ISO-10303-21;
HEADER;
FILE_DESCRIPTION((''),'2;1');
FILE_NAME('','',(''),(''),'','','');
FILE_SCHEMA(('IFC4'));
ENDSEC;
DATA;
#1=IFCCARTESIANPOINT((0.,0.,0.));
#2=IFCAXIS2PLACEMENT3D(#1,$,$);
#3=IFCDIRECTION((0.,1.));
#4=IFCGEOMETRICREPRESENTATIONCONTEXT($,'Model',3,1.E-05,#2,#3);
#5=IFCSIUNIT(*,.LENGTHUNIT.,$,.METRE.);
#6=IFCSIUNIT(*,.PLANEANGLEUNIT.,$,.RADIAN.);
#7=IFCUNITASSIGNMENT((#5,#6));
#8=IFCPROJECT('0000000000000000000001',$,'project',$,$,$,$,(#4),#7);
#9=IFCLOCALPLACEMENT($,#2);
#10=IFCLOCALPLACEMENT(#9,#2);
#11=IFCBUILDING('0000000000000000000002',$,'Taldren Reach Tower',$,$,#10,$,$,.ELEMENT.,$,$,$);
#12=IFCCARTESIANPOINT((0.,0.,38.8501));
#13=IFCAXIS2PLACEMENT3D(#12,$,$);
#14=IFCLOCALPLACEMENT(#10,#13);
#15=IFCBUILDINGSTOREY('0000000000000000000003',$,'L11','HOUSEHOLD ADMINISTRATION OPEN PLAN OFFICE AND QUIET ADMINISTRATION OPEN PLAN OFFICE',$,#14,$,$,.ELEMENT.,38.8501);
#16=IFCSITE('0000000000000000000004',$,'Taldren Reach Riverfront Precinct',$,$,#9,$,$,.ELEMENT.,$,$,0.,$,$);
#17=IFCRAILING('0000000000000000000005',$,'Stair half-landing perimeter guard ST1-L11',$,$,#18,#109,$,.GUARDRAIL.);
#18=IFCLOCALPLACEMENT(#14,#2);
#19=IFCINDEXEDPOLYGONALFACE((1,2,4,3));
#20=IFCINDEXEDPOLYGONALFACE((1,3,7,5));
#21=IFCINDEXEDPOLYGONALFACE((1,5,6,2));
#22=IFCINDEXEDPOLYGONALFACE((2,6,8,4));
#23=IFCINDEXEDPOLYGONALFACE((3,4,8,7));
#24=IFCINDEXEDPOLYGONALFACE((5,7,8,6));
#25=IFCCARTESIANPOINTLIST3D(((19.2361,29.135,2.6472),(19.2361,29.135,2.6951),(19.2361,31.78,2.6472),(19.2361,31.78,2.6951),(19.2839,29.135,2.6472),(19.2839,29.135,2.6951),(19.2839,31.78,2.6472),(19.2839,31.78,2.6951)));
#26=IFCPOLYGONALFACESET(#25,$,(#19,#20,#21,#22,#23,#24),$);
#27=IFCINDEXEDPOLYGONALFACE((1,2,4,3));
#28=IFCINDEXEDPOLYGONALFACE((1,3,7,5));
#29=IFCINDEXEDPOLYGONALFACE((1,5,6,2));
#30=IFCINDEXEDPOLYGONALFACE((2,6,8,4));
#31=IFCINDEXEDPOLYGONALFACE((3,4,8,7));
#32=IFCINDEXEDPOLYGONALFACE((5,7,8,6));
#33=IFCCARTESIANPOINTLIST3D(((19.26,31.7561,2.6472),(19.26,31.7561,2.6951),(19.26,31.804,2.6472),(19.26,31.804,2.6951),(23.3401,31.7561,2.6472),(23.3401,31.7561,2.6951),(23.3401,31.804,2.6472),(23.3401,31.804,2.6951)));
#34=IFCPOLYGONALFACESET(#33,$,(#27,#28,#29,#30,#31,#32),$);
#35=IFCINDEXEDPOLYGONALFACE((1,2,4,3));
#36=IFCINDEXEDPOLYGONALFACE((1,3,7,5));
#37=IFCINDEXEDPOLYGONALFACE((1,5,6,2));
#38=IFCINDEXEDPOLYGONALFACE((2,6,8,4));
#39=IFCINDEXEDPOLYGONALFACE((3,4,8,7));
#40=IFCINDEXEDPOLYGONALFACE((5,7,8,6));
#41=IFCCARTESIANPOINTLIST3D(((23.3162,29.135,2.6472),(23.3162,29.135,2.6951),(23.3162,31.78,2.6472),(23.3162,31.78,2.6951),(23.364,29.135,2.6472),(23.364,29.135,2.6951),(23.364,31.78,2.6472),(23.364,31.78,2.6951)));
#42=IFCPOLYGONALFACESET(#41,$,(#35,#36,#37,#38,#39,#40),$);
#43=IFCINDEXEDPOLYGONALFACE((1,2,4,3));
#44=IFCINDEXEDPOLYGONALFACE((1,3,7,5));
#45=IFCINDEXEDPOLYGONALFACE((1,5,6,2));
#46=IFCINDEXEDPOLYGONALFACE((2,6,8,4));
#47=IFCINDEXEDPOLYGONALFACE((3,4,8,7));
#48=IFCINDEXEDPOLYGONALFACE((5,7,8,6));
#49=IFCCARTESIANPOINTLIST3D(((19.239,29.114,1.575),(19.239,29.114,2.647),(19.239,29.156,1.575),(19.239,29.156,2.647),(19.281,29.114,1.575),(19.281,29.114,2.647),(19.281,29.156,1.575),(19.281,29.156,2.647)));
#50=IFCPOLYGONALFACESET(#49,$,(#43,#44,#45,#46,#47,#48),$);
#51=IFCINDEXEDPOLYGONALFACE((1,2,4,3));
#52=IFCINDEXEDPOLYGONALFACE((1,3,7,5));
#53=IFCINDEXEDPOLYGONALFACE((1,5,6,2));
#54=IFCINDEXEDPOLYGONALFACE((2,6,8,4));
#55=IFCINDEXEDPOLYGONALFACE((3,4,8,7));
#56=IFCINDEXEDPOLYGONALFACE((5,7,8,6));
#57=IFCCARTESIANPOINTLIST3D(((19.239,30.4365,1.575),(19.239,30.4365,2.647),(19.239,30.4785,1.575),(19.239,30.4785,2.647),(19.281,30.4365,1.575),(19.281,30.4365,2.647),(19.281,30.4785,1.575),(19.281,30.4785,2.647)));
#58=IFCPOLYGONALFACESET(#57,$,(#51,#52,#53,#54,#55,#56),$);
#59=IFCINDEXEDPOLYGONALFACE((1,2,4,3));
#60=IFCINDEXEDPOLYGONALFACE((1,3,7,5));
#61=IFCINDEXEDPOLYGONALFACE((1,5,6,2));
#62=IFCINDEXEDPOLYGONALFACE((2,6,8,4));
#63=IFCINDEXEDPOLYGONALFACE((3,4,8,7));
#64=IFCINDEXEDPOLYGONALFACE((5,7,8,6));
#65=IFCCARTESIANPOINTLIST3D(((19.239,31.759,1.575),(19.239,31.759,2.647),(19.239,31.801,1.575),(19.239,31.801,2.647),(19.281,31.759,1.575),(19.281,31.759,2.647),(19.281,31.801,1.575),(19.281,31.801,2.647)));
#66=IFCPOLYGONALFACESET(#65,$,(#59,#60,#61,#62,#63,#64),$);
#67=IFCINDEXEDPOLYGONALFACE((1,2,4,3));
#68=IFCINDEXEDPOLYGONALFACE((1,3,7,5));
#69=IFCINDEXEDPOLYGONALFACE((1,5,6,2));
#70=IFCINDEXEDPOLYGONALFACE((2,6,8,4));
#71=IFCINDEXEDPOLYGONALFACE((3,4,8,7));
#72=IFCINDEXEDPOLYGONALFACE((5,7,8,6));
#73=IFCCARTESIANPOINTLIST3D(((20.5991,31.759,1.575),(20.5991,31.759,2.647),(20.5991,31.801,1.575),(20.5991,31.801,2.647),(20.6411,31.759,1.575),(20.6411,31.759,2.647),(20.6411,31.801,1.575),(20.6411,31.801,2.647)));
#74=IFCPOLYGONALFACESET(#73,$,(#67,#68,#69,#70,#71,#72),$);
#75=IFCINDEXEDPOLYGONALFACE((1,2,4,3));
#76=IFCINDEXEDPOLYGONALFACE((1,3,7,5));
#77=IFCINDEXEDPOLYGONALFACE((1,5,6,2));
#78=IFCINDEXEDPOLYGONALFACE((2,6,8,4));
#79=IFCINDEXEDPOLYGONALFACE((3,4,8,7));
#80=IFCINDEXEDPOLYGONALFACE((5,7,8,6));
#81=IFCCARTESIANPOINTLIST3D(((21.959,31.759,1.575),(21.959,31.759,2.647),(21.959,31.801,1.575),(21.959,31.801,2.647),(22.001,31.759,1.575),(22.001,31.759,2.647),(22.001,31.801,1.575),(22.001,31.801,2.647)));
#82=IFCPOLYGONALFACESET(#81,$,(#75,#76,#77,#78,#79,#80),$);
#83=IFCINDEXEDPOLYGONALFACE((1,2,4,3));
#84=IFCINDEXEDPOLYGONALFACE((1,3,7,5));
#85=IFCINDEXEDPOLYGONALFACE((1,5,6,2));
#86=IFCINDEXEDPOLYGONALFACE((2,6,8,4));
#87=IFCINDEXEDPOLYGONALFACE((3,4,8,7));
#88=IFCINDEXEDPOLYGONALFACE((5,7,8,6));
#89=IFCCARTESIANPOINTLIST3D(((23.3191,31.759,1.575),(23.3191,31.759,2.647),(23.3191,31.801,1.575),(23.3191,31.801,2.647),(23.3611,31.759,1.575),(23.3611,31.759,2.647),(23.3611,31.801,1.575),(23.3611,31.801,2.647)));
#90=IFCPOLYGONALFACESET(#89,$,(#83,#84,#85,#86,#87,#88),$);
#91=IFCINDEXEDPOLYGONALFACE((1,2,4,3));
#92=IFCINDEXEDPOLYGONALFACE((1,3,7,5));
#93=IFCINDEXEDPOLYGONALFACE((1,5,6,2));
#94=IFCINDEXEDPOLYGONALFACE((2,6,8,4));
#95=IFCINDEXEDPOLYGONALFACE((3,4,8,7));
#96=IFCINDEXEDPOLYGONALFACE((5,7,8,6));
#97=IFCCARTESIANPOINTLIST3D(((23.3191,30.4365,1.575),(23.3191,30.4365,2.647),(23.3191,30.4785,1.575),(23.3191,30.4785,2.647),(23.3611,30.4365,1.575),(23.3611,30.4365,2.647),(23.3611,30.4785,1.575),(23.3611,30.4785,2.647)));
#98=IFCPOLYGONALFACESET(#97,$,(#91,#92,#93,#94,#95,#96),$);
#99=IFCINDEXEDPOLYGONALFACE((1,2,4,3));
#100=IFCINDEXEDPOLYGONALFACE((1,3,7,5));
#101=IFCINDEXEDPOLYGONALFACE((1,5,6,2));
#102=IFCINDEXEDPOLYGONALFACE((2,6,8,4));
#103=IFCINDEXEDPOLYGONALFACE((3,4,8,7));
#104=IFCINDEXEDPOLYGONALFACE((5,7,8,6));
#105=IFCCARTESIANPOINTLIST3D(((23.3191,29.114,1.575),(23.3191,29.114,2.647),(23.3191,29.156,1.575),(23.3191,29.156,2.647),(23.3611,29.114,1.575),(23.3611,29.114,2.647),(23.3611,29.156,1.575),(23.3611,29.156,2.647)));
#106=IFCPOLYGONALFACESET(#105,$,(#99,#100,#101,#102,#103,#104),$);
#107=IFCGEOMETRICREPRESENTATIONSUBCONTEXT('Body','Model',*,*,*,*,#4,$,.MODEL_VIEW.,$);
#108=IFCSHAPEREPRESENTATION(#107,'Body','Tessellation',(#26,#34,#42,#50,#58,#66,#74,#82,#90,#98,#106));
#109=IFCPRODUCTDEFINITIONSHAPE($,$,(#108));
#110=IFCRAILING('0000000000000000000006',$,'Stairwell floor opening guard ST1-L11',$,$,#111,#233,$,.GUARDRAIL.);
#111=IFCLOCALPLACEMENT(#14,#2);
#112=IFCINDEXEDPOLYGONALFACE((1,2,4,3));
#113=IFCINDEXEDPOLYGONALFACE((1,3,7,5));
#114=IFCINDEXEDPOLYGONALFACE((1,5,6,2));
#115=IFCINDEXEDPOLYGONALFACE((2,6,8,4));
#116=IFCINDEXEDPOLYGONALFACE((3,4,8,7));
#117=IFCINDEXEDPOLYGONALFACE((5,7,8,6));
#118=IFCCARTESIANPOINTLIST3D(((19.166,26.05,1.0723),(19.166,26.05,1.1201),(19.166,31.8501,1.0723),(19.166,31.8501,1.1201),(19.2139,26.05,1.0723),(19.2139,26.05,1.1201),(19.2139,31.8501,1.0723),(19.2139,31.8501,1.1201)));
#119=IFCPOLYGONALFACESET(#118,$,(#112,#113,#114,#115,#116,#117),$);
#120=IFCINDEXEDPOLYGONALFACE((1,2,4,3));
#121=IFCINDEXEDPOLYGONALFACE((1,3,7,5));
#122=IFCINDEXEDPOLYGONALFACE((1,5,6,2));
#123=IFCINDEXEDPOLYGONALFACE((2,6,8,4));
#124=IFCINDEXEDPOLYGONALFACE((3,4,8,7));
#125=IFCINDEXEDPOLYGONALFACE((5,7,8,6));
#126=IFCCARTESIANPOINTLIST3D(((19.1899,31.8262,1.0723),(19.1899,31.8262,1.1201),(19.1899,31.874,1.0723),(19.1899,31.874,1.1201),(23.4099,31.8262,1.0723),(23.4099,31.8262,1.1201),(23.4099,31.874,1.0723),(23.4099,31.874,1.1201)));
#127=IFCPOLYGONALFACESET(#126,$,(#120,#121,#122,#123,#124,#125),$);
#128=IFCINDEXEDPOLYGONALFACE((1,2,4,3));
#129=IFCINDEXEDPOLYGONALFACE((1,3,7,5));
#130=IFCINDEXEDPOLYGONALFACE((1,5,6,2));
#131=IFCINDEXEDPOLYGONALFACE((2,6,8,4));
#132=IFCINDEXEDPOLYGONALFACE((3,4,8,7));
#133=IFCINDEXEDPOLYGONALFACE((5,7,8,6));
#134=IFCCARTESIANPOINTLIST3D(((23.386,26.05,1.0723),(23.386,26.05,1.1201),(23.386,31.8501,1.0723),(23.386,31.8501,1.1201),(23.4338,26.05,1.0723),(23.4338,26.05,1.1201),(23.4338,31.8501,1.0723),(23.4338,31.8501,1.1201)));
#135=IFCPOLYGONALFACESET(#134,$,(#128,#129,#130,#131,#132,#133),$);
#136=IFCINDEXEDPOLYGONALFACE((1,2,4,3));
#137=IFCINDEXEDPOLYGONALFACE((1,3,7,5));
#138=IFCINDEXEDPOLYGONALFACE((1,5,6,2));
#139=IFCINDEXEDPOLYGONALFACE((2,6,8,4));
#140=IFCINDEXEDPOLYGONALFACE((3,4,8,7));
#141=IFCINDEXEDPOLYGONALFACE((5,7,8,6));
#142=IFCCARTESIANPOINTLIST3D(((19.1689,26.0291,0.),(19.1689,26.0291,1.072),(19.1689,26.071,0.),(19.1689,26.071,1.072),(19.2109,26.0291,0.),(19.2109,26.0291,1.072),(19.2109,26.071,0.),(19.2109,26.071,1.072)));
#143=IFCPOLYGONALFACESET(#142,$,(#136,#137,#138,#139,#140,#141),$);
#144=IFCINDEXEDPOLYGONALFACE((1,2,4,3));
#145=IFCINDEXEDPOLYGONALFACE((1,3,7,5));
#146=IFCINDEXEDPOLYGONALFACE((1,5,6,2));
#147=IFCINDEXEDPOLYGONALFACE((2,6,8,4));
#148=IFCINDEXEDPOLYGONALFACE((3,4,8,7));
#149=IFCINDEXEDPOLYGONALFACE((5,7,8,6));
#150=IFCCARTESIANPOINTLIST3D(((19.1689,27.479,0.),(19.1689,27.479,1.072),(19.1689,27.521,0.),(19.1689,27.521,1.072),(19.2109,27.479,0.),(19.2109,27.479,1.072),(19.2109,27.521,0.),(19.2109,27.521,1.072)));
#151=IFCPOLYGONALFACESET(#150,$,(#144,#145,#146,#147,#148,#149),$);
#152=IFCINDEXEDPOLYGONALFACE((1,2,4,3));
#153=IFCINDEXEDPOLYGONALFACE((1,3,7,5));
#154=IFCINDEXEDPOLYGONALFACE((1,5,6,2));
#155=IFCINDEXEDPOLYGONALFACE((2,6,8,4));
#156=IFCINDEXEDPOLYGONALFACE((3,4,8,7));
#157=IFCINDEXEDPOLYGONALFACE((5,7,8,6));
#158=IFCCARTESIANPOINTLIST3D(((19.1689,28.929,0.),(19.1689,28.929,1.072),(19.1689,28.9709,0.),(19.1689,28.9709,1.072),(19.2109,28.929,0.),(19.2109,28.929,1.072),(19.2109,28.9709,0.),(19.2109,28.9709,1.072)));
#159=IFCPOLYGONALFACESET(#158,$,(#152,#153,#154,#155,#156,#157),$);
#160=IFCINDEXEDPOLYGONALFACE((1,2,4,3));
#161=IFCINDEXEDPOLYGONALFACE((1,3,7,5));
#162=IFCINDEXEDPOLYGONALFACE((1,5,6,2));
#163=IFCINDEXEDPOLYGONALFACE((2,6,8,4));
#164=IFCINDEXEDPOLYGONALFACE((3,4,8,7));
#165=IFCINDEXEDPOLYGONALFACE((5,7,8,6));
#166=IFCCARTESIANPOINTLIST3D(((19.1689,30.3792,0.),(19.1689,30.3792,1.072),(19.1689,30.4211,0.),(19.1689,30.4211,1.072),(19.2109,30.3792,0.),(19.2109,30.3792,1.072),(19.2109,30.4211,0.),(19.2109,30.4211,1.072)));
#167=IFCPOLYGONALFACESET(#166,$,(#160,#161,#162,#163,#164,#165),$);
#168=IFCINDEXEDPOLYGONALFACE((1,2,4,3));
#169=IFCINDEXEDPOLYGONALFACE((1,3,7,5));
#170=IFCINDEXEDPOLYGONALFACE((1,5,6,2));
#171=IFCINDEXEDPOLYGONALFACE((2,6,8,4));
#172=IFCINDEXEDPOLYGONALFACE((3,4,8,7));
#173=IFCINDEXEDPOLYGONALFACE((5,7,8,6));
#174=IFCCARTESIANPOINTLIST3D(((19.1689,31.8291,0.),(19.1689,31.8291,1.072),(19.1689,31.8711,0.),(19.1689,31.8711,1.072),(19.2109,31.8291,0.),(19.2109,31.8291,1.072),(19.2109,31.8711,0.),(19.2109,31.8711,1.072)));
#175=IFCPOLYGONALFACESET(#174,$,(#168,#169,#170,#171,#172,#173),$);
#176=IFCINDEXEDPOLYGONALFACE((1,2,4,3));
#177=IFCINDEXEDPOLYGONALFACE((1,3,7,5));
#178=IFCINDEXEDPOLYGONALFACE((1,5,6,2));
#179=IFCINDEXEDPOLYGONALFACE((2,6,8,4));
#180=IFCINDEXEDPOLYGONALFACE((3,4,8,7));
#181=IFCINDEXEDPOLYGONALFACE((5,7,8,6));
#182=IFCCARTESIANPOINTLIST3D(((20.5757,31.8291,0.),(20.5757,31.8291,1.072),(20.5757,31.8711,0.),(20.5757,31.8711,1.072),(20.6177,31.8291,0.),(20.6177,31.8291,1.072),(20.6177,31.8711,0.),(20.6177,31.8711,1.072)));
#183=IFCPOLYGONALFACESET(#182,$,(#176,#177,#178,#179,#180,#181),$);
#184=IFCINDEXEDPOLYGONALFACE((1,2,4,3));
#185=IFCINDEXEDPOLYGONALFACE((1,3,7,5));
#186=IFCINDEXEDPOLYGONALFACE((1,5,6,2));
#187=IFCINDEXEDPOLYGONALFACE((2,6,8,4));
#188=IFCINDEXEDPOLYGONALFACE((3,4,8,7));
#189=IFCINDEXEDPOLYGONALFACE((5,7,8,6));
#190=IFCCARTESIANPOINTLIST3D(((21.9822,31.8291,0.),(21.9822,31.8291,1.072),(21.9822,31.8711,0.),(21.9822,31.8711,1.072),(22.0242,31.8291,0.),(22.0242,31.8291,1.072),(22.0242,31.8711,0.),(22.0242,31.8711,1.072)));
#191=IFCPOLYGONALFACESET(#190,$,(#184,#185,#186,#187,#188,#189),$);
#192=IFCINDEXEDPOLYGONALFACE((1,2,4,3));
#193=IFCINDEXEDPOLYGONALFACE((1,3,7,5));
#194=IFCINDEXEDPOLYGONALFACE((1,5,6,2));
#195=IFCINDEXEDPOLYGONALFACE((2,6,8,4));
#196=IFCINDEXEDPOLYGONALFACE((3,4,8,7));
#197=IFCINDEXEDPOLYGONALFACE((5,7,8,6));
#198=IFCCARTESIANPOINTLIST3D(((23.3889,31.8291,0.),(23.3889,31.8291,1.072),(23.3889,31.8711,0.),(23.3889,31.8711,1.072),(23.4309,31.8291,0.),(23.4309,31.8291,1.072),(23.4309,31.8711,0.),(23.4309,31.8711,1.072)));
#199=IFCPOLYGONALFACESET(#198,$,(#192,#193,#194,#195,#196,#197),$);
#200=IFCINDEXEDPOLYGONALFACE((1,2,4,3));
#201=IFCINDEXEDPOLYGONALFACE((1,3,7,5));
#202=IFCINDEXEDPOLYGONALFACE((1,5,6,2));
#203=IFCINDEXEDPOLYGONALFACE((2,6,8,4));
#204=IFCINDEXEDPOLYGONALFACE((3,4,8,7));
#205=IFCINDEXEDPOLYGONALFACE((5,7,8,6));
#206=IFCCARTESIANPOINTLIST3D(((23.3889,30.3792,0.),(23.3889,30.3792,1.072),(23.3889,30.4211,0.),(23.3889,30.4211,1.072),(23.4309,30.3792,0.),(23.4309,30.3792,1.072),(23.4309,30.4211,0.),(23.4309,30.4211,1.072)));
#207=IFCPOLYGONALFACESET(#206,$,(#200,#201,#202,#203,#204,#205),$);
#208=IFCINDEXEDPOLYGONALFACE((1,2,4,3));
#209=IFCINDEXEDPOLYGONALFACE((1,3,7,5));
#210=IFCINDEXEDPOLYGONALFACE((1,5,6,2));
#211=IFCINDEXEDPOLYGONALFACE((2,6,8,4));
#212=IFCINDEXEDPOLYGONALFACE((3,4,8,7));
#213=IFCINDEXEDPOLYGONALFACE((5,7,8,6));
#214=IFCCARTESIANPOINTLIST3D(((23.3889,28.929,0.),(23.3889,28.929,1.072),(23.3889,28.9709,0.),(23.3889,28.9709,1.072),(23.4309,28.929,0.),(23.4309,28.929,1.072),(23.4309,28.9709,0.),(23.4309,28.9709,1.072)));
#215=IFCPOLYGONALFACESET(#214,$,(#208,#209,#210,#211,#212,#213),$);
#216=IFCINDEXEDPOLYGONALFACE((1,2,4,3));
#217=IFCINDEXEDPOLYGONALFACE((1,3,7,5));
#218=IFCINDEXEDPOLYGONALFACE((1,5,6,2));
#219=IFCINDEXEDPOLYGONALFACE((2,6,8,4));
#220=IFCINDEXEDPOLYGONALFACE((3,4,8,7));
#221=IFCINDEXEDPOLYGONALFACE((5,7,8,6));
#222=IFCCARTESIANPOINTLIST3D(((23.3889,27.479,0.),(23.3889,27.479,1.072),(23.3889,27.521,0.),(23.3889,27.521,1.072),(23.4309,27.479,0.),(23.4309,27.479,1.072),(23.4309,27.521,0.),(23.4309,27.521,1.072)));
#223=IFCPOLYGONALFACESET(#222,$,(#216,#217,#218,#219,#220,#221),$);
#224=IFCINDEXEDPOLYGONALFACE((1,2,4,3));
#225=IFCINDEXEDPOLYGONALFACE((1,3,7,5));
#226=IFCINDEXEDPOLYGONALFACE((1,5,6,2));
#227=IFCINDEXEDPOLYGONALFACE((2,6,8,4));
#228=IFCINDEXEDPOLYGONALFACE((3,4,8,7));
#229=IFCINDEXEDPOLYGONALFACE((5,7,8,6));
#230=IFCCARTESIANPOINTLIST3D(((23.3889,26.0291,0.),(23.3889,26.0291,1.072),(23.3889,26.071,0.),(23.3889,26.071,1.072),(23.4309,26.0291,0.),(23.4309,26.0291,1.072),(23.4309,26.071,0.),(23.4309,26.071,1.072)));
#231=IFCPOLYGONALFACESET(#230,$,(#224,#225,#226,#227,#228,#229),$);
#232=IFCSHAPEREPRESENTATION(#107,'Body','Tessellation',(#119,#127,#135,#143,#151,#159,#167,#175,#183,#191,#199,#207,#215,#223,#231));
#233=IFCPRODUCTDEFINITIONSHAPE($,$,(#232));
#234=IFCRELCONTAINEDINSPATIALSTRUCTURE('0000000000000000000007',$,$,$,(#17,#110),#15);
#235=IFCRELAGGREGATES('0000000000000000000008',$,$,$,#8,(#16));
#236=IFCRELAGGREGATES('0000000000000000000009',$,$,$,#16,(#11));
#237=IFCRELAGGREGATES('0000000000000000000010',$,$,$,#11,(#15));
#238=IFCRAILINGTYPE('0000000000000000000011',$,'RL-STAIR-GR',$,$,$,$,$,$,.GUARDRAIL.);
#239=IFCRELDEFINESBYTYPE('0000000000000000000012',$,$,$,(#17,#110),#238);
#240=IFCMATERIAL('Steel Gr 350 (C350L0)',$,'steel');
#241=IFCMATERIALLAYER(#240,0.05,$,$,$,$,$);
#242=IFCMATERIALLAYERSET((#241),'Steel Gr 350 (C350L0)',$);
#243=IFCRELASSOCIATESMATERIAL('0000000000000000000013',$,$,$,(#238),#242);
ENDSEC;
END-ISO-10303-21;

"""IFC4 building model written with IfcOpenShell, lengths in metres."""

from ifc_helpers import new_model, si_unit, direction, frame, origin, origin_2d, place, context, subcontext, project, spatial, rectangle, extrude, material, layer, layer_set, type_object, element, save


model = new_model("IFC4")

# Units and contexts
model_context = context("Model", 3, precision=1e-05, world=origin(), true_north=direction((0.0, 1.0)))
body_context = subcontext(model_context, "Body", "Model", "MODEL_VIEW")
ifc_project = project(units=[si_unit("LENGTHUNIT", "METRE"), si_unit("PLANEANGLEUNIT", "RADIAN")], contexts=[model_context])

# Site, building, storey
site_placement = place(None, origin())
site = spatial("IfcSite", under=ifc_project, at=site_placement, Name="Taldren Reach Riverfront Precinct", CompositionType="ELEMENT", RefElevation=0.0)
building_placement = place(site_placement, origin())
building = spatial("IfcBuilding", under=site, at=building_placement, Name="Taldren Reach Tower", CompositionType="ELEMENT")
storey_placement = place(building_placement, frame((0.0, 0.0, 38.8501)))
storey = spatial("IfcBuildingStorey", under=building, at=storey_placement, Name="L11", Description="HOUSEHOLD ADMINISTRATION OPEN PLAN OFFICE AND QUIET ADMINISTRATION OPEN PLAN OFFICE", CompositionType="ELEMENT", Elevation=38.8501)

# Shared definitions
ifc_material_1 = material(Name="Steel Gr 350 (C350L0)", Category="steel")

# Railings
ifc_layer_1 = layer(ifc_material_1, 0.05)
ifc_layer_set_1 = layer_set([ifc_layer_1], Name="Steel Gr 350 (C350L0)")
railing_type = type_object("IfcRailingType", Name="RL-STAIR-GR", PredefinedType="GUARDRAIL", material=ifc_layer_set_1)
railing_1_placement = place(storey_placement, frame((19.26, 29.135, 1.575)))
element("IfcRailing", 1, at=railing_1_placement, inside=storey, type_object=railing_type, Name="Stair half-landing perimeter guard ST1-L11", PredefinedType="GUARDRAIL", context=body_context, shape_type="SweptSolid", body=[
    extrude(rectangle(XDim=0.0479, YDim=0.0479, at=origin_2d()), frame((0.0, 0.0, 1.0962), z_axis=(0.0, 1.0, 0.0), x_axis=(-1.0, 0.0, 0.0)), (0.0, 0.0, 1.0), 2.645),
    extrude(rectangle(XDim=0.0479, YDim=0.0479, at=origin_2d()), frame((0.0, 2.645, 1.0962), z_axis=(1.0, 0.0, 0.0), x_axis=(0.0, 1.0, 0.0)), (0.0, 0.0, 1.0), 4.0801),
    extrude(rectangle(XDim=0.0479, YDim=0.0479, at=origin_2d()), frame((4.0801, 2.645, 1.0962), z_axis=(0.0, -1.0, 0.0), x_axis=(1.0, 0.0, 0.0)), (0.0, 0.0, 1.0), 2.645),
    extrude(rectangle(XDim=0.042, YDim=0.042, at=origin_2d()), origin(), (0.0, 0.0, 1.0), 1.072),
    extrude(rectangle(XDim=0.042, YDim=0.042, at=origin_2d()), frame((0.0, 1.3225, 0.0)), (0.0, 0.0, 1.0), 1.072),
    extrude(rectangle(XDim=0.042, YDim=0.042, at=origin_2d()), frame((0.0, 2.645, 0.0)), (0.0, 0.0, 1.0), 1.072),
    extrude(rectangle(XDim=0.042, YDim=0.042, at=origin_2d()), frame((1.3601, 2.645, 0.0)), (0.0, 0.0, 1.0), 1.072),
    extrude(rectangle(XDim=0.042, YDim=0.042, at=origin_2d()), frame((2.72, 2.645, 0.0)), (0.0, 0.0, 1.0), 1.072),
    extrude(rectangle(XDim=0.042, YDim=0.042, at=origin_2d()), frame((4.0801, 2.645, 0.0)), (0.0, 0.0, 1.0), 1.072),
    extrude(rectangle(XDim=0.042, YDim=0.042, at=origin_2d()), frame((4.0801, 1.3225, 0.0)), (0.0, 0.0, 1.0), 1.072),
    extrude(rectangle(XDim=0.042, YDim=0.042, at=origin_2d()), frame((4.0801, 0.0, 0.0)), (0.0, 0.0, 1.0), 1.072),
])
railing_2_placement = place(storey_placement, frame((19.1899, 26.05, 0.0)))
element("IfcRailing", 2, at=railing_2_placement, inside=storey, type_object=railing_type, Name="Stairwell floor opening guard ST1-L11", PredefinedType="GUARDRAIL", context=body_context, shape_type="SweptSolid", body=[
    extrude(rectangle(XDim=0.0479, YDim=0.0479, at=origin_2d()), frame((0.0, 0.0, 1.0962), z_axis=(0.0, 1.0, 0.0), x_axis=(-1.0, 0.0, 0.0)), (0.0, 0.0, 1.0), 5.8),
    extrude(rectangle(XDim=0.0479, YDim=0.0479, at=origin_2d()), frame((0.0, 5.8, 1.0962), z_axis=(1.0, 0.0, 0.0), x_axis=(0.0, 1.0, 0.0)), (0.0, 0.0, 1.0), 4.22),
    extrude(rectangle(XDim=0.0479, YDim=0.0479, at=origin_2d()), frame((4.22, 5.8, 1.0962), z_axis=(0.0, -1.0, 0.0), x_axis=(1.0, 0.0, 0.0)), (0.0, 0.0, 1.0), 5.8),
    extrude(rectangle(XDim=0.042, YDim=0.042, at=origin_2d()), origin(), (0.0, 0.0, 1.0), 1.072),
    extrude(rectangle(XDim=0.042, YDim=0.042, at=origin_2d()), frame((0.0, 1.45, 0.0)), (0.0, 0.0, 1.0), 1.072),
    extrude(rectangle(XDim=0.042, YDim=0.042, at=origin_2d()), frame((0.0, 2.8999, 0.0)), (0.0, 0.0, 1.0), 1.072),
    extrude(rectangle(XDim=0.042, YDim=0.042, at=origin_2d()), frame((0.0, 4.3501, 0.0)), (0.0, 0.0, 1.0), 1.072),
    extrude(rectangle(XDim=0.042, YDim=0.042, at=origin_2d()), frame((0.0, 5.8, 0.0)), (0.0, 0.0, 1.0), 1.072),
    extrude(rectangle(XDim=0.042, YDim=0.042, at=origin_2d()), frame((1.4067, 5.8, 0.0)), (0.0, 0.0, 1.0), 1.072),
    extrude(rectangle(XDim=0.042, YDim=0.042, at=origin_2d()), frame((2.8132, 5.8, 0.0)), (0.0, 0.0, 1.0), 1.072),
    extrude(rectangle(XDim=0.042, YDim=0.042, at=origin_2d()), frame((4.22, 5.8, 0.0)), (0.0, 0.0, 1.0), 1.072),
    extrude(rectangle(XDim=0.042, YDim=0.042, at=origin_2d()), frame((4.22, 4.3501, 0.0)), (0.0, 0.0, 1.0), 1.072),
    extrude(rectangle(XDim=0.042, YDim=0.042, at=origin_2d()), frame((4.22, 2.8999, 0.0)), (0.0, 0.0, 1.0), 1.072),
    extrude(rectangle(XDim=0.042, YDim=0.042, at=origin_2d()), frame((4.22, 1.45, 0.0)), (0.0, 0.0, 1.0), 1.072),
    extrude(rectangle(XDim=0.042, YDim=0.042, at=origin_2d()), frame((4.22, 0.0, 0.0)), (0.0, 0.0, 1.0), 1.072),
])

save(model, "model.ifc")
